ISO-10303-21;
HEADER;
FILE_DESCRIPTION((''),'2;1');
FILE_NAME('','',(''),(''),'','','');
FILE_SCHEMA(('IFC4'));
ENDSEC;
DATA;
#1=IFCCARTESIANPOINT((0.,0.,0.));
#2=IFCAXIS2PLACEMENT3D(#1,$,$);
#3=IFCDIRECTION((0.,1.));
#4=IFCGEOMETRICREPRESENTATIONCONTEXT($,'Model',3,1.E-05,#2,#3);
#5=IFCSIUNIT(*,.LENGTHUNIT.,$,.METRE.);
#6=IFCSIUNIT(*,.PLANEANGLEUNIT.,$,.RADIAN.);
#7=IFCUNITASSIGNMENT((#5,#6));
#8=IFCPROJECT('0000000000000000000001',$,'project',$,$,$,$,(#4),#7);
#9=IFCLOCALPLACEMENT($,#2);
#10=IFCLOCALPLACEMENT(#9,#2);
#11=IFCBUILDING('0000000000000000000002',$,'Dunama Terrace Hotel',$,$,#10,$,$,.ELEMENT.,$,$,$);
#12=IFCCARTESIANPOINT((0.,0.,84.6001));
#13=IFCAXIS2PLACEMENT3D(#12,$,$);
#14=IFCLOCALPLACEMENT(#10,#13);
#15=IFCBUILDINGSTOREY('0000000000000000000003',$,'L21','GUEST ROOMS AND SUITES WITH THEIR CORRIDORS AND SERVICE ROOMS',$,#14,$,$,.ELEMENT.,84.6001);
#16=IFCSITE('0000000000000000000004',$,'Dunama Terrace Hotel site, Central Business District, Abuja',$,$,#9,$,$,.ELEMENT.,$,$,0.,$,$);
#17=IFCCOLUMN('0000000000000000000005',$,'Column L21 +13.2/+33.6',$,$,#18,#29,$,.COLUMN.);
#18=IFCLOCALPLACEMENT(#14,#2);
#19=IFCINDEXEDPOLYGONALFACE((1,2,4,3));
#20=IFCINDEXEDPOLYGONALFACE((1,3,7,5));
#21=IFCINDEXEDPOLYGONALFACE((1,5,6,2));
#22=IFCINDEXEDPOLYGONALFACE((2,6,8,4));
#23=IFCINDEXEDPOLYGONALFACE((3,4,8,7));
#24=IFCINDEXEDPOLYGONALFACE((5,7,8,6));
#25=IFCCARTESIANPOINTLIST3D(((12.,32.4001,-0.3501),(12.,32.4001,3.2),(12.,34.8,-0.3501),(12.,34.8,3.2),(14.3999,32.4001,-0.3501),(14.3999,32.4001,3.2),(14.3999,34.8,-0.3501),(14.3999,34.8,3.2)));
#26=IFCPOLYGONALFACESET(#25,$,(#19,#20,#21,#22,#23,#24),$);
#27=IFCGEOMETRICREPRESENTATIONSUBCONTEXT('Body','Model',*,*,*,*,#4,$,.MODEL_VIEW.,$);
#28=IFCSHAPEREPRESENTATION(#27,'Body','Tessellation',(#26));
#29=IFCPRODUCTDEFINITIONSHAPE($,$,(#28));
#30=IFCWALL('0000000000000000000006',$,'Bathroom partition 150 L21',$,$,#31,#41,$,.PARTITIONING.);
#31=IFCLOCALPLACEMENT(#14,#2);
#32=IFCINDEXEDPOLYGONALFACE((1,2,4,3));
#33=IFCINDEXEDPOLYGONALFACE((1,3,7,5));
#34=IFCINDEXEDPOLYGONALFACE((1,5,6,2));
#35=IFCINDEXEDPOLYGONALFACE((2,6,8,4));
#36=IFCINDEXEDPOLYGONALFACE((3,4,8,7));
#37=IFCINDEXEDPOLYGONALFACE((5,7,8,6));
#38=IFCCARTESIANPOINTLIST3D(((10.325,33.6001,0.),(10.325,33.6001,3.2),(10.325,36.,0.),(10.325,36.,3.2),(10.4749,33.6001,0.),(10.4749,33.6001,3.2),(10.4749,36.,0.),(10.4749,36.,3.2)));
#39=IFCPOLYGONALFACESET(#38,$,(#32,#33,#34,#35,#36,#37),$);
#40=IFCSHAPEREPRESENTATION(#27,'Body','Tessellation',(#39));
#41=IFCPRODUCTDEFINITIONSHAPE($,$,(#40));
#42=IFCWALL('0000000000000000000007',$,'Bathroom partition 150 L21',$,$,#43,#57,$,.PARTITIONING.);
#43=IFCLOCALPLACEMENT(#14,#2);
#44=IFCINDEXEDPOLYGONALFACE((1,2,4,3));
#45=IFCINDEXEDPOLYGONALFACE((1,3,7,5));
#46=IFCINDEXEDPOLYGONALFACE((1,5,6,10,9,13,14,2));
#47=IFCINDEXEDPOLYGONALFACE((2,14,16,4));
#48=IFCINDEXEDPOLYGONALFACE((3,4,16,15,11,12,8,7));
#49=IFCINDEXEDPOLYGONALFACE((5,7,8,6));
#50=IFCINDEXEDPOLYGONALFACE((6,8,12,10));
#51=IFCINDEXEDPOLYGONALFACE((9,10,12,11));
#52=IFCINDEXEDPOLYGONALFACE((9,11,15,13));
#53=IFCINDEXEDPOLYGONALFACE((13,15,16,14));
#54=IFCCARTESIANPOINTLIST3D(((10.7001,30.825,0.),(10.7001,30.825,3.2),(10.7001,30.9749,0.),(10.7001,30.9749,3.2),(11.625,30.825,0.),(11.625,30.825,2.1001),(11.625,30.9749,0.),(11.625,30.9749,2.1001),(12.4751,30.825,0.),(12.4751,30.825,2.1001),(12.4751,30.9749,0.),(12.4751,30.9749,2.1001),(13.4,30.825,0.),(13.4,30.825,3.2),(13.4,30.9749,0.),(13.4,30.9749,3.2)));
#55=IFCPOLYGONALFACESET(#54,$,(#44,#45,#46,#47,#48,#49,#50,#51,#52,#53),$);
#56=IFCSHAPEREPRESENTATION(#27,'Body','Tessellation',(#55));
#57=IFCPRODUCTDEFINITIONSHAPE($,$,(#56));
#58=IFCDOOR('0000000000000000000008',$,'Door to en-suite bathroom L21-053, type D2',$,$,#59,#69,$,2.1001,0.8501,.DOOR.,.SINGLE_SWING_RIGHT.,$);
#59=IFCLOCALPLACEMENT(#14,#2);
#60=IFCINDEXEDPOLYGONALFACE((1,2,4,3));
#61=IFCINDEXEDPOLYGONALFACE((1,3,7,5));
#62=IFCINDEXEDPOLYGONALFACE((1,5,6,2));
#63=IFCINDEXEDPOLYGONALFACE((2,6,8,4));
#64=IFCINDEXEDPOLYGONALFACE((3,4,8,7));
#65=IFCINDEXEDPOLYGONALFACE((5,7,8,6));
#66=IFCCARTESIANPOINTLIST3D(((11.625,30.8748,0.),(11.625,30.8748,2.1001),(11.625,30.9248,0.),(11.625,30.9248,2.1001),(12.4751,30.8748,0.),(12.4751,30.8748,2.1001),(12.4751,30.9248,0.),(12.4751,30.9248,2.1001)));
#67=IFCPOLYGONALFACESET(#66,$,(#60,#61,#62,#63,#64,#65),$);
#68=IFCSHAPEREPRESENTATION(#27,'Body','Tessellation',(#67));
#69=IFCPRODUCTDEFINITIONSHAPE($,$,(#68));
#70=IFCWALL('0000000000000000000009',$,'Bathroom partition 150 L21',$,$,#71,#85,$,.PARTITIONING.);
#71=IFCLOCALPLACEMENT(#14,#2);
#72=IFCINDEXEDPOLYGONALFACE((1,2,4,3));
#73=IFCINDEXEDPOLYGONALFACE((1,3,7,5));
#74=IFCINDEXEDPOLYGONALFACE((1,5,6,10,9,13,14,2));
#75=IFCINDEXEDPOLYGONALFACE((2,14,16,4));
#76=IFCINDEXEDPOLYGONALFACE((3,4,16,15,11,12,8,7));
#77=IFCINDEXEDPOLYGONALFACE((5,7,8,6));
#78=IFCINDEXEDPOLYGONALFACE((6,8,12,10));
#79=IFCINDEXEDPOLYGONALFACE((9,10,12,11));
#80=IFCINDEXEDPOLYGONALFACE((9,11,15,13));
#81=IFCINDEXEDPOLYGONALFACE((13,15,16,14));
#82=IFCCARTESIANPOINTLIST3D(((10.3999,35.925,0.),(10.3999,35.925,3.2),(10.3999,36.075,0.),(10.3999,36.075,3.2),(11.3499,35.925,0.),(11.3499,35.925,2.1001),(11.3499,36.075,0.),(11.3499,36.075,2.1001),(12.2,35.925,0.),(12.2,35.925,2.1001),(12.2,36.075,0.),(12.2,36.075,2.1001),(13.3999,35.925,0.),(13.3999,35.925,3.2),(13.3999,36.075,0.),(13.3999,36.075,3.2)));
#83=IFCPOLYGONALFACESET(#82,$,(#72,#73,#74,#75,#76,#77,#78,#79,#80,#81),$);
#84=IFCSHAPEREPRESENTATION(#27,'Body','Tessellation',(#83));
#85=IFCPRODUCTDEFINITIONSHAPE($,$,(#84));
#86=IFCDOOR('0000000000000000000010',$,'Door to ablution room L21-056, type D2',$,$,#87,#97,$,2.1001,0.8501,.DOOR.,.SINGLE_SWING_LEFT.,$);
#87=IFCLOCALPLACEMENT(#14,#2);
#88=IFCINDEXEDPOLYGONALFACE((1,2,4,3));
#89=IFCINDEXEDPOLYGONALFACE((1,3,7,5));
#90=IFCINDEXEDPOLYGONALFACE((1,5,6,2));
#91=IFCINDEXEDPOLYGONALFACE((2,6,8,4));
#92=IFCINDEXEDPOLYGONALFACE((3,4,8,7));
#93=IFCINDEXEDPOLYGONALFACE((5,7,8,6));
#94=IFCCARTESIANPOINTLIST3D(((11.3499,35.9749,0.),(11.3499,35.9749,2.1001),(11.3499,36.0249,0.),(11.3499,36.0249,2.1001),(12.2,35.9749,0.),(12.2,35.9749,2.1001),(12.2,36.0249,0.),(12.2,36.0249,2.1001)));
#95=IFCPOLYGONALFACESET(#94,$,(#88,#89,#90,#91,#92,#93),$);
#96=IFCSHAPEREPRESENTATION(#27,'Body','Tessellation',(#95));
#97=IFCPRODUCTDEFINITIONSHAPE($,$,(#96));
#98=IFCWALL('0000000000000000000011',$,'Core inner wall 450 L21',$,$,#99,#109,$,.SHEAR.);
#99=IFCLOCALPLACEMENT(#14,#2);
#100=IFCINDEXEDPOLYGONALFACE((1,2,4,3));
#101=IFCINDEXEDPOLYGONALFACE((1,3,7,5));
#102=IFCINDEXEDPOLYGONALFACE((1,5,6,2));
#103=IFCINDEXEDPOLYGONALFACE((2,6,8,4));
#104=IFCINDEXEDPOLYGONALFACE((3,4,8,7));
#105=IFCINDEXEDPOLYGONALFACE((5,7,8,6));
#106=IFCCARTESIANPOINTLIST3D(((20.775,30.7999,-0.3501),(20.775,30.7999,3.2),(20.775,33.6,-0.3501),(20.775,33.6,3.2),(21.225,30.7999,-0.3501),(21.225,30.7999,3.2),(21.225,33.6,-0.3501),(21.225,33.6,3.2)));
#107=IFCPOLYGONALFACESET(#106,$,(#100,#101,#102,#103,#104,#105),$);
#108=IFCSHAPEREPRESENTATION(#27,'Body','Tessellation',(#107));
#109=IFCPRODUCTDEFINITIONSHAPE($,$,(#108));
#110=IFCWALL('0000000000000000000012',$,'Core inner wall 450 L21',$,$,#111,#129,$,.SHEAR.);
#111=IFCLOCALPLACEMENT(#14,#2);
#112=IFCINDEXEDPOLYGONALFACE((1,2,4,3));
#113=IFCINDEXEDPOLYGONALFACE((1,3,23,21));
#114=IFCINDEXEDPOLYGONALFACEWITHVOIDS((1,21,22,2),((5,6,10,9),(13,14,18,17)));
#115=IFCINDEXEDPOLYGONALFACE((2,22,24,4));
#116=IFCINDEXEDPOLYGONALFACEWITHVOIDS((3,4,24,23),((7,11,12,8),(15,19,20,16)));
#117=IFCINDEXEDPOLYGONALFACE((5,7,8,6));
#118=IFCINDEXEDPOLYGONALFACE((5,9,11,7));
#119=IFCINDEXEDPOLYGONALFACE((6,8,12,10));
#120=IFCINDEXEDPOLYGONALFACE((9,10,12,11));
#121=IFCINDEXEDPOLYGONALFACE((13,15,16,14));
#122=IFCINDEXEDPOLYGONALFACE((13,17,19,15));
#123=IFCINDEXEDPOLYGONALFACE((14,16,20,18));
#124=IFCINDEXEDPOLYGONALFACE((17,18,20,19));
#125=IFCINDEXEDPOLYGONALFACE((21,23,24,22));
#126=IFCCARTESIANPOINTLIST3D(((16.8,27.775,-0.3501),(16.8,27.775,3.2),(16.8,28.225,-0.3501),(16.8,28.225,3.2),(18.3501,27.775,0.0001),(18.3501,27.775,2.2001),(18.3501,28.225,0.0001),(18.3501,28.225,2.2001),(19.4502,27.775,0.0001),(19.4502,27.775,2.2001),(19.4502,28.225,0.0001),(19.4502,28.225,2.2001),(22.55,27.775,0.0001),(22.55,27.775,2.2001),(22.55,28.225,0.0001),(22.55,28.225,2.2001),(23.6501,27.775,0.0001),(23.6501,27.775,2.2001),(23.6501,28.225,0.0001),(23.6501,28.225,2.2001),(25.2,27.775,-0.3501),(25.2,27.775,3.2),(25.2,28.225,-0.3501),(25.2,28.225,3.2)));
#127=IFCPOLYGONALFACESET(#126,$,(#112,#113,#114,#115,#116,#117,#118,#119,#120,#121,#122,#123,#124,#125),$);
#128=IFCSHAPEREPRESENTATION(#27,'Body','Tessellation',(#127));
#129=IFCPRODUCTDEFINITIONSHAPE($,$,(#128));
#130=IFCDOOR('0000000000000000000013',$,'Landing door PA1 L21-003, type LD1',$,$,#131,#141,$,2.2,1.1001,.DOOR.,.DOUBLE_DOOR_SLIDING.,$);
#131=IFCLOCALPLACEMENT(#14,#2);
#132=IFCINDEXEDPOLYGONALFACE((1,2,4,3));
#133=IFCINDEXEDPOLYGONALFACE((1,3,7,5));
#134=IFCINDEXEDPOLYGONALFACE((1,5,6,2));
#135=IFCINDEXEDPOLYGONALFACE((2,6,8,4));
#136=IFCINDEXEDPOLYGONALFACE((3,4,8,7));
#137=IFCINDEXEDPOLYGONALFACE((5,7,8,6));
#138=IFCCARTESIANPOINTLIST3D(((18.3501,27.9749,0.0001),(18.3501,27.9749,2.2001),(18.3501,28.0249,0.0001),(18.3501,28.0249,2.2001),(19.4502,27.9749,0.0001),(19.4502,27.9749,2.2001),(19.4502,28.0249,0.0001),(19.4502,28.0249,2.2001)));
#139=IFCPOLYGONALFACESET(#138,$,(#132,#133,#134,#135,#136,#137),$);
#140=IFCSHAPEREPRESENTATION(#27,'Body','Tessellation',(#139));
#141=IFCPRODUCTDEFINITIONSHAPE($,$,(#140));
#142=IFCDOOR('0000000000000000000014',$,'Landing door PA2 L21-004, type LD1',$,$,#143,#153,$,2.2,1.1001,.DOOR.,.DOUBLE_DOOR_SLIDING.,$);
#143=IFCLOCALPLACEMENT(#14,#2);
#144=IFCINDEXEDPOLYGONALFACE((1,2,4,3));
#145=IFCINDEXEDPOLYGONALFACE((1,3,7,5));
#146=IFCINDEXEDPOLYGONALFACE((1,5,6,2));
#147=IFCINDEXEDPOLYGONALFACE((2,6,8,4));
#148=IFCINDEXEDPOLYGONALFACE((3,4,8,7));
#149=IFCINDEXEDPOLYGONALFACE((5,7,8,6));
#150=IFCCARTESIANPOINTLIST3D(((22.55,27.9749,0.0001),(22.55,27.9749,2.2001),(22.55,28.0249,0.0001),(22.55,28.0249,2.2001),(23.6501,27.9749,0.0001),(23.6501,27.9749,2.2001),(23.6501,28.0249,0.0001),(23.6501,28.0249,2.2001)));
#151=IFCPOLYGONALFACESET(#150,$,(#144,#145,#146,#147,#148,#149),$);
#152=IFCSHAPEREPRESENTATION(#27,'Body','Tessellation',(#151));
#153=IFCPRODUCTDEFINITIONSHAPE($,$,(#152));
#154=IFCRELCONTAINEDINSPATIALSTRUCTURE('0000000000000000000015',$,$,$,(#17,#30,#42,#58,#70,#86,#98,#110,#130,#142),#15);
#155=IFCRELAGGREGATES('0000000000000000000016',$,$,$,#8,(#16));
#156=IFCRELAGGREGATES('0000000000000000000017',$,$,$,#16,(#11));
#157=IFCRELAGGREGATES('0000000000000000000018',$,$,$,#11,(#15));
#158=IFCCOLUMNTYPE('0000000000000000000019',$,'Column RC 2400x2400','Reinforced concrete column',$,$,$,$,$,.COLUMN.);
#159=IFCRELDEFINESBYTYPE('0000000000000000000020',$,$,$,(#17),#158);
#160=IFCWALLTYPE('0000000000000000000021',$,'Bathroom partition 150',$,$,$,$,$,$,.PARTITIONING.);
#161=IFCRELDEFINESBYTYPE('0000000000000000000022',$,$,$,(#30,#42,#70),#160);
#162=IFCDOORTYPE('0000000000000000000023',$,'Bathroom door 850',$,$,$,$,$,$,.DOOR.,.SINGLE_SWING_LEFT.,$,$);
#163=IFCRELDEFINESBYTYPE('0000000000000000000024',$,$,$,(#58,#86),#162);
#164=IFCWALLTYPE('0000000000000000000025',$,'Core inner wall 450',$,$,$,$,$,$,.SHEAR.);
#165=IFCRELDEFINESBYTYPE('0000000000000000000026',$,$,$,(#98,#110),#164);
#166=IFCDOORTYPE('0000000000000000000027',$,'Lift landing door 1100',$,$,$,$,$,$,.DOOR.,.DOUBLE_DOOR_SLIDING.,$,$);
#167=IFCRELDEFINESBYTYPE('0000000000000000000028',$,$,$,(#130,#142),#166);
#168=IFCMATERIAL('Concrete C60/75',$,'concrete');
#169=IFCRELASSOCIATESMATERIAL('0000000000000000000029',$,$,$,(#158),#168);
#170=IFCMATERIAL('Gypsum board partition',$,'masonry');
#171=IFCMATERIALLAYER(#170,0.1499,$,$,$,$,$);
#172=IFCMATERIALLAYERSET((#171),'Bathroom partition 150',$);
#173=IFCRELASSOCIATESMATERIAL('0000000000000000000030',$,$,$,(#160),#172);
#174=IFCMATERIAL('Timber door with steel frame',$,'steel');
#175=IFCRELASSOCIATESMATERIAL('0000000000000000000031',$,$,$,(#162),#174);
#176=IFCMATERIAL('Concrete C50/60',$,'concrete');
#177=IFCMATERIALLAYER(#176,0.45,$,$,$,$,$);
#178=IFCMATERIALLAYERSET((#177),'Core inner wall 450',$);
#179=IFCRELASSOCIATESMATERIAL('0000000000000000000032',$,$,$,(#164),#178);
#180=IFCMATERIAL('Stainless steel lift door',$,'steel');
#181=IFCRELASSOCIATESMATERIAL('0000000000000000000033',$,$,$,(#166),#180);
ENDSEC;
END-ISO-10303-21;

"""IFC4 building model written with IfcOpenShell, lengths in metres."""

from ifc_helpers import new_model, si_unit, direction, frame, frame_2d, origin, origin_2d, place, context, subcontext, project, spatial, rectangle, extrude, material, layer, layer_set, material_profile, profile_set, type_object, element, fill, save


model = new_model("IFC4")

# Units and contexts
model_context = context("Model", 3, precision=1e-05, world=origin(), true_north=direction((0.0, 1.0)))
body_context = subcontext(model_context, "Body", "Model", "MODEL_VIEW")
ifc_project = project(units=[si_unit("LENGTHUNIT", "METRE"), si_unit("PLANEANGLEUNIT", "RADIAN")], contexts=[model_context])

# Site, building, storey
site_placement = place(None, origin())
site = spatial("IfcSite", under=ifc_project, at=site_placement, Name="Dunama Terrace Hotel site, Central Business District, Abuja", CompositionType="ELEMENT", RefElevation=0.0)
building_placement = place(site_placement, origin())
building = spatial("IfcBuilding", under=site, at=building_placement, Name="Dunama Terrace Hotel", CompositionType="ELEMENT")
storey_placement = place(building_placement, frame((0.0, 0.0, 84.6001)))
storey = spatial("IfcBuildingStorey", under=building, at=storey_placement, Name="L21", Description="GUEST ROOMS AND SUITES WITH THEIR CORRIDORS AND SERVICE ROOMS", CompositionType="ELEMENT", Elevation=84.6001)

# Column
ifc_material_1 = material(Name="Concrete C60/75", Category="concrete")
ifc_material_profile = material_profile(ifc_material_1, rectangle(XDim=2.3999, YDim=2.3999, at=origin_2d()), Name="RC 2400x2400")
ifc_profile_set = profile_set([ifc_material_profile], Name="Concrete C60/75")
column_type = type_object("IfcColumnType", Name="Column RC 2400x2400", Description="Reinforced concrete column", PredefinedType="COLUMN", material=ifc_profile_set)
column_placement = place(storey_placement, frame((13.2, 33.6001, -0.3501), z_axis=(0.0, 0.0, 1.0), x_axis=(1.0, 0.0, 0.0)))
element("IfcColumn", 1, at=column_placement, inside=storey, type_object=column_type, Name="Column L21 +13.2/+33.6", PredefinedType="COLUMN", context=body_context, shape_type="SweptSolid", body=[
    extrude(rectangle(XDim=2.3999, YDim=2.3999, at=origin_2d()), origin(), (0.0, 0.0, 1.0), 3.55),
])

# Wall
ifc_material_2 = material(Name="Gypsum board partition", Category="masonry")
ifc_layer_1 = layer(ifc_material_2, 0.1499)
ifc_layer_set_1 = layer_set([ifc_layer_1], Name="Bathroom partition 150")
wall_type_1 = type_object("IfcWallType", Name="Bathroom partition 150", PredefinedType="PARTITIONING", material=ifc_layer_set_1)
wall_1_placement = place(storey_placement, frame((10.3999, 33.6001, 0.0), z_axis=(0.0, 0.0, 1.0), x_axis=(0.0, 1.0, 0.0)))
element("IfcWall", 2, at=wall_1_placement, inside=storey, type_object=wall_type_1, Name="Bathroom partition 150 L21", PredefinedType="PARTITIONING", context=body_context, shape_type="SweptSolid", body=[
    extrude(rectangle(XDim=2.3999, YDim=0.1499, at=frame_2d((1.2, 0.0))), origin(), (0.0, 0.0, 1.0), 3.2),
])

# Walls, openings, doors
wall_2_placement = place(storey_placement, frame((10.7, 30.8999, 0.0), z_axis=(0.0, 0.0, 1.0), x_axis=(1.0, 0.0, 0.0)))
wall_2 = element("IfcWall", 3, at=wall_2_placement, inside=storey, type_object=wall_type_1, Name="Bathroom partition 150 L21", PredefinedType="PARTITIONING", context=body_context, shape_type="SweptSolid", body=[
    extrude(rectangle(XDim=2.7, YDim=0.1499, at=frame_2d((1.3501, 0.0))), origin(), (0.0, 0.0, 1.0), 3.2),
])
opening_1_placement = place(wall_2_placement, frame((0.925, 0.0, 0.0)))
opening_1 = element("IfcOpeningElement", 4, at=opening_1_placement, cuts=wall_2, PredefinedType="OPENING", context=body_context, shape_type="SweptSolid", body=[
    extrude(rectangle(XDim=0.8501, YDim=2.1001, at=frame_2d((0.425, 1.05))), frame((0.0, 0.085, 0.0), z_axis=(0.0, -1.0, 0.0), x_axis=(1.0, 0.0, 0.0)), (0.0, 0.0, 1.0), 0.1699),
])
ifc_material_3 = material(Name="Timber door with steel frame", Category="steel")
door_type_1 = type_object("IfcDoorType", Name="Bathroom door 850", OperationType="SINGLE_SWING_LEFT", PredefinedType="DOOR", material=ifc_material_3)
door_1_placement = place(opening_1_placement, origin())
door_1 = element("IfcDoor", 5, at=door_1_placement, inside=storey, type_object=door_type_1, Name="Door to en-suite bathroom L21-053, type D2", OperationType="SINGLE_SWING_RIGHT", OverallHeight=2.1001, OverallWidth=0.8501, PredefinedType="DOOR", context=body_context, shape_type="SweptSolid", body=[
    extrude(rectangle(XDim=0.8501, YDim=2.1001, at=frame_2d((0.425, 1.05))), frame((0.0, 0.0249, 0.0), z_axis=(0.0, -1.0, 0.0), x_axis=(1.0, 0.0, 0.0)), (0.0, 0.0, 1.0), 0.05),
])
fill(opening_1, door_1)
wall_3_placement = place(storey_placement, frame((10.3999, 36.0, 0.0), z_axis=(0.0, 0.0, 1.0), x_axis=(1.0, 0.0, 0.0)))
wall_3 = element("IfcWall", 6, at=wall_3_placement, inside=storey, type_object=wall_type_1, Name="Bathroom partition 150 L21", PredefinedType="PARTITIONING", context=body_context, shape_type="SweptSolid", body=[
    extrude(rectangle(XDim=3.0, YDim=0.1499, at=frame_2d((1.5, 0.0))), origin(), (0.0, 0.0, 1.0), 3.2),
])
opening_2_placement = place(wall_3_placement, frame((0.95, 0.0, 0.0)))
opening_2 = element("IfcOpeningElement", 7, at=opening_2_placement, cuts=wall_3, PredefinedType="OPENING", context=body_context, shape_type="SweptSolid", body=[
    extrude(rectangle(XDim=0.8501, YDim=2.1001, at=frame_2d((0.425, 1.05))), frame((0.0, 0.085, 0.0), z_axis=(0.0, -1.0, 0.0), x_axis=(1.0, 0.0, 0.0)), (0.0, 0.0, 1.0), 0.1699),
])
door_2_placement = place(opening_2_placement, frame((0.8501, 0.0, 0.0), z_axis=(0.0, 0.0, 1.0), x_axis=(-1.0, 0.0, 0.0)))
door_2 = element("IfcDoor", 8, at=door_2_placement, inside=storey, type_object=door_type_1, Name="Door to ablution room L21-056, type D2", OperationType="SINGLE_SWING_LEFT", OverallHeight=2.1001, OverallWidth=0.8501, PredefinedType="DOOR", context=body_context, shape_type="SweptSolid", body=[
    extrude(rectangle(XDim=0.8501, YDim=2.1001, at=frame_2d((0.425, 1.05))), frame((0.0, 0.0251, 0.0), z_axis=(0.0, -1.0, 0.0), x_axis=(1.0, 0.0, 0.0)), (0.0, 0.0, 1.0), 0.05),
])
fill(opening_2, door_2)

# Wall
ifc_material_4 = material(Name="Concrete C50/60", Category="concrete")
ifc_layer_2 = layer(ifc_material_4, 0.45)
ifc_layer_set_2 = layer_set([ifc_layer_2], Name="Core inner wall 450")
wall_type_2 = type_object("IfcWallType", Name="Core inner wall 450", PredefinedType="SHEAR", material=ifc_layer_set_2)
wall_4_placement = place(storey_placement, frame((21.0, 30.8, -0.3501), z_axis=(0.0, 0.0, 1.0), x_axis=(0.0, 1.0, 0.0)))
element("IfcWall", 9, at=wall_4_placement, inside=storey, type_object=wall_type_2, Name="Core inner wall 450 L21", PredefinedType="SHEAR", context=body_context, shape_type="SweptSolid", body=[
    extrude(rectangle(XDim=2.8, YDim=0.45, at=frame_2d((1.3999, 0.0))), origin(), (0.0, 0.0, 1.0), 3.55),
])

# Wall, openings, doors
wall_5_placement = place(storey_placement, frame((16.8, 28.0, -0.3501), z_axis=(0.0, 0.0, 1.0), x_axis=(1.0, 0.0, 0.0)))
wall_5 = element("IfcWall", 10, at=wall_5_placement, inside=storey, type_object=wall_type_2, Name="Core inner wall 450 L21", PredefinedType="SHEAR", context=body_context, shape_type="SweptSolid", body=[
    extrude(rectangle(XDim=8.3999, YDim=0.45, at=frame_2d((4.2, 0.0))), origin(), (0.0, 0.0, 1.0), 3.55),
])
opening_3_placement = place(wall_5_placement, frame((1.55, 0.0, 0.3501)))
opening_3 = element("IfcOpeningElement", 11, at=opening_3_placement, cuts=wall_5, PredefinedType="OPENING", context=body_context, shape_type="SweptSolid", body=[
    extrude(rectangle(XDim=1.1001, YDim=2.2, at=frame_2d((0.55, 1.1001))), frame((0.0, 0.2349, 0.0), z_axis=(0.0, -1.0, 0.0), x_axis=(1.0, 0.0, 0.0)), (0.0, 0.0, 1.0), 0.47),
])
opening_4_placement = place(wall_5_placement, frame((5.75, 0.0, 0.3501)))
opening_4 = element("IfcOpeningElement", 12, at=opening_4_placement, cuts=wall_5, PredefinedType="OPENING", context=body_context, shape_type="SweptSolid", body=[
    extrude(rectangle(XDim=1.1001, YDim=2.2, at=frame_2d((0.55, 1.1001))), frame((0.0, 0.2349, 0.0), z_axis=(0.0, -1.0, 0.0), x_axis=(1.0, 0.0, 0.0)), (0.0, 0.0, 1.0), 0.47),
])
ifc_material_5 = material(Name="Stainless steel lift door", Category="steel")
door_type_2 = type_object("IfcDoorType", Name="Lift landing door 1100", OperationType="DOUBLE_DOOR_SLIDING", PredefinedType="DOOR", material=ifc_material_5)
door_3_placement = place(opening_3_placement, origin())
door_3 = element("IfcDoor", 13, at=door_3_placement, inside=storey, type_object=door_type_2, Name="Landing door PA1 L21-003, type LD1", OperationType="DOUBLE_DOOR_SLIDING", OverallHeight=2.2, OverallWidth=1.1001, PredefinedType="DOOR", context=body_context, shape_type="SweptSolid", body=[
    extrude(rectangle(XDim=1.1001, YDim=2.2, at=frame_2d((0.55, 1.1001))), frame((0.0, 0.0249, 0.0), z_axis=(0.0, -1.0, 0.0), x_axis=(1.0, 0.0, 0.0)), (0.0, 0.0, 1.0), 0.05),
])
fill(opening_3, door_3)
door_4_placement = place(opening_4_placement, origin())
door_4 = element("IfcDoor", 14, at=door_4_placement, inside=storey, type_object=door_type_2, Name="Landing door PA2 L21-004, type LD1", OperationType="DOUBLE_DOOR_SLIDING", OverallHeight=2.2, OverallWidth=1.1001, PredefinedType="DOOR", context=body_context, shape_type="SweptSolid", body=[
    extrude(rectangle(XDim=1.1001, YDim=2.2, at=frame_2d((0.55, 1.1001))), frame((0.0, 0.0249, 0.0), z_axis=(0.0, -1.0, 0.0), x_axis=(1.0, 0.0, 0.0)), (0.0, 0.0, 1.0), 0.05),
])
fill(opening_4, door_4)

save(model, "model.ifc")
